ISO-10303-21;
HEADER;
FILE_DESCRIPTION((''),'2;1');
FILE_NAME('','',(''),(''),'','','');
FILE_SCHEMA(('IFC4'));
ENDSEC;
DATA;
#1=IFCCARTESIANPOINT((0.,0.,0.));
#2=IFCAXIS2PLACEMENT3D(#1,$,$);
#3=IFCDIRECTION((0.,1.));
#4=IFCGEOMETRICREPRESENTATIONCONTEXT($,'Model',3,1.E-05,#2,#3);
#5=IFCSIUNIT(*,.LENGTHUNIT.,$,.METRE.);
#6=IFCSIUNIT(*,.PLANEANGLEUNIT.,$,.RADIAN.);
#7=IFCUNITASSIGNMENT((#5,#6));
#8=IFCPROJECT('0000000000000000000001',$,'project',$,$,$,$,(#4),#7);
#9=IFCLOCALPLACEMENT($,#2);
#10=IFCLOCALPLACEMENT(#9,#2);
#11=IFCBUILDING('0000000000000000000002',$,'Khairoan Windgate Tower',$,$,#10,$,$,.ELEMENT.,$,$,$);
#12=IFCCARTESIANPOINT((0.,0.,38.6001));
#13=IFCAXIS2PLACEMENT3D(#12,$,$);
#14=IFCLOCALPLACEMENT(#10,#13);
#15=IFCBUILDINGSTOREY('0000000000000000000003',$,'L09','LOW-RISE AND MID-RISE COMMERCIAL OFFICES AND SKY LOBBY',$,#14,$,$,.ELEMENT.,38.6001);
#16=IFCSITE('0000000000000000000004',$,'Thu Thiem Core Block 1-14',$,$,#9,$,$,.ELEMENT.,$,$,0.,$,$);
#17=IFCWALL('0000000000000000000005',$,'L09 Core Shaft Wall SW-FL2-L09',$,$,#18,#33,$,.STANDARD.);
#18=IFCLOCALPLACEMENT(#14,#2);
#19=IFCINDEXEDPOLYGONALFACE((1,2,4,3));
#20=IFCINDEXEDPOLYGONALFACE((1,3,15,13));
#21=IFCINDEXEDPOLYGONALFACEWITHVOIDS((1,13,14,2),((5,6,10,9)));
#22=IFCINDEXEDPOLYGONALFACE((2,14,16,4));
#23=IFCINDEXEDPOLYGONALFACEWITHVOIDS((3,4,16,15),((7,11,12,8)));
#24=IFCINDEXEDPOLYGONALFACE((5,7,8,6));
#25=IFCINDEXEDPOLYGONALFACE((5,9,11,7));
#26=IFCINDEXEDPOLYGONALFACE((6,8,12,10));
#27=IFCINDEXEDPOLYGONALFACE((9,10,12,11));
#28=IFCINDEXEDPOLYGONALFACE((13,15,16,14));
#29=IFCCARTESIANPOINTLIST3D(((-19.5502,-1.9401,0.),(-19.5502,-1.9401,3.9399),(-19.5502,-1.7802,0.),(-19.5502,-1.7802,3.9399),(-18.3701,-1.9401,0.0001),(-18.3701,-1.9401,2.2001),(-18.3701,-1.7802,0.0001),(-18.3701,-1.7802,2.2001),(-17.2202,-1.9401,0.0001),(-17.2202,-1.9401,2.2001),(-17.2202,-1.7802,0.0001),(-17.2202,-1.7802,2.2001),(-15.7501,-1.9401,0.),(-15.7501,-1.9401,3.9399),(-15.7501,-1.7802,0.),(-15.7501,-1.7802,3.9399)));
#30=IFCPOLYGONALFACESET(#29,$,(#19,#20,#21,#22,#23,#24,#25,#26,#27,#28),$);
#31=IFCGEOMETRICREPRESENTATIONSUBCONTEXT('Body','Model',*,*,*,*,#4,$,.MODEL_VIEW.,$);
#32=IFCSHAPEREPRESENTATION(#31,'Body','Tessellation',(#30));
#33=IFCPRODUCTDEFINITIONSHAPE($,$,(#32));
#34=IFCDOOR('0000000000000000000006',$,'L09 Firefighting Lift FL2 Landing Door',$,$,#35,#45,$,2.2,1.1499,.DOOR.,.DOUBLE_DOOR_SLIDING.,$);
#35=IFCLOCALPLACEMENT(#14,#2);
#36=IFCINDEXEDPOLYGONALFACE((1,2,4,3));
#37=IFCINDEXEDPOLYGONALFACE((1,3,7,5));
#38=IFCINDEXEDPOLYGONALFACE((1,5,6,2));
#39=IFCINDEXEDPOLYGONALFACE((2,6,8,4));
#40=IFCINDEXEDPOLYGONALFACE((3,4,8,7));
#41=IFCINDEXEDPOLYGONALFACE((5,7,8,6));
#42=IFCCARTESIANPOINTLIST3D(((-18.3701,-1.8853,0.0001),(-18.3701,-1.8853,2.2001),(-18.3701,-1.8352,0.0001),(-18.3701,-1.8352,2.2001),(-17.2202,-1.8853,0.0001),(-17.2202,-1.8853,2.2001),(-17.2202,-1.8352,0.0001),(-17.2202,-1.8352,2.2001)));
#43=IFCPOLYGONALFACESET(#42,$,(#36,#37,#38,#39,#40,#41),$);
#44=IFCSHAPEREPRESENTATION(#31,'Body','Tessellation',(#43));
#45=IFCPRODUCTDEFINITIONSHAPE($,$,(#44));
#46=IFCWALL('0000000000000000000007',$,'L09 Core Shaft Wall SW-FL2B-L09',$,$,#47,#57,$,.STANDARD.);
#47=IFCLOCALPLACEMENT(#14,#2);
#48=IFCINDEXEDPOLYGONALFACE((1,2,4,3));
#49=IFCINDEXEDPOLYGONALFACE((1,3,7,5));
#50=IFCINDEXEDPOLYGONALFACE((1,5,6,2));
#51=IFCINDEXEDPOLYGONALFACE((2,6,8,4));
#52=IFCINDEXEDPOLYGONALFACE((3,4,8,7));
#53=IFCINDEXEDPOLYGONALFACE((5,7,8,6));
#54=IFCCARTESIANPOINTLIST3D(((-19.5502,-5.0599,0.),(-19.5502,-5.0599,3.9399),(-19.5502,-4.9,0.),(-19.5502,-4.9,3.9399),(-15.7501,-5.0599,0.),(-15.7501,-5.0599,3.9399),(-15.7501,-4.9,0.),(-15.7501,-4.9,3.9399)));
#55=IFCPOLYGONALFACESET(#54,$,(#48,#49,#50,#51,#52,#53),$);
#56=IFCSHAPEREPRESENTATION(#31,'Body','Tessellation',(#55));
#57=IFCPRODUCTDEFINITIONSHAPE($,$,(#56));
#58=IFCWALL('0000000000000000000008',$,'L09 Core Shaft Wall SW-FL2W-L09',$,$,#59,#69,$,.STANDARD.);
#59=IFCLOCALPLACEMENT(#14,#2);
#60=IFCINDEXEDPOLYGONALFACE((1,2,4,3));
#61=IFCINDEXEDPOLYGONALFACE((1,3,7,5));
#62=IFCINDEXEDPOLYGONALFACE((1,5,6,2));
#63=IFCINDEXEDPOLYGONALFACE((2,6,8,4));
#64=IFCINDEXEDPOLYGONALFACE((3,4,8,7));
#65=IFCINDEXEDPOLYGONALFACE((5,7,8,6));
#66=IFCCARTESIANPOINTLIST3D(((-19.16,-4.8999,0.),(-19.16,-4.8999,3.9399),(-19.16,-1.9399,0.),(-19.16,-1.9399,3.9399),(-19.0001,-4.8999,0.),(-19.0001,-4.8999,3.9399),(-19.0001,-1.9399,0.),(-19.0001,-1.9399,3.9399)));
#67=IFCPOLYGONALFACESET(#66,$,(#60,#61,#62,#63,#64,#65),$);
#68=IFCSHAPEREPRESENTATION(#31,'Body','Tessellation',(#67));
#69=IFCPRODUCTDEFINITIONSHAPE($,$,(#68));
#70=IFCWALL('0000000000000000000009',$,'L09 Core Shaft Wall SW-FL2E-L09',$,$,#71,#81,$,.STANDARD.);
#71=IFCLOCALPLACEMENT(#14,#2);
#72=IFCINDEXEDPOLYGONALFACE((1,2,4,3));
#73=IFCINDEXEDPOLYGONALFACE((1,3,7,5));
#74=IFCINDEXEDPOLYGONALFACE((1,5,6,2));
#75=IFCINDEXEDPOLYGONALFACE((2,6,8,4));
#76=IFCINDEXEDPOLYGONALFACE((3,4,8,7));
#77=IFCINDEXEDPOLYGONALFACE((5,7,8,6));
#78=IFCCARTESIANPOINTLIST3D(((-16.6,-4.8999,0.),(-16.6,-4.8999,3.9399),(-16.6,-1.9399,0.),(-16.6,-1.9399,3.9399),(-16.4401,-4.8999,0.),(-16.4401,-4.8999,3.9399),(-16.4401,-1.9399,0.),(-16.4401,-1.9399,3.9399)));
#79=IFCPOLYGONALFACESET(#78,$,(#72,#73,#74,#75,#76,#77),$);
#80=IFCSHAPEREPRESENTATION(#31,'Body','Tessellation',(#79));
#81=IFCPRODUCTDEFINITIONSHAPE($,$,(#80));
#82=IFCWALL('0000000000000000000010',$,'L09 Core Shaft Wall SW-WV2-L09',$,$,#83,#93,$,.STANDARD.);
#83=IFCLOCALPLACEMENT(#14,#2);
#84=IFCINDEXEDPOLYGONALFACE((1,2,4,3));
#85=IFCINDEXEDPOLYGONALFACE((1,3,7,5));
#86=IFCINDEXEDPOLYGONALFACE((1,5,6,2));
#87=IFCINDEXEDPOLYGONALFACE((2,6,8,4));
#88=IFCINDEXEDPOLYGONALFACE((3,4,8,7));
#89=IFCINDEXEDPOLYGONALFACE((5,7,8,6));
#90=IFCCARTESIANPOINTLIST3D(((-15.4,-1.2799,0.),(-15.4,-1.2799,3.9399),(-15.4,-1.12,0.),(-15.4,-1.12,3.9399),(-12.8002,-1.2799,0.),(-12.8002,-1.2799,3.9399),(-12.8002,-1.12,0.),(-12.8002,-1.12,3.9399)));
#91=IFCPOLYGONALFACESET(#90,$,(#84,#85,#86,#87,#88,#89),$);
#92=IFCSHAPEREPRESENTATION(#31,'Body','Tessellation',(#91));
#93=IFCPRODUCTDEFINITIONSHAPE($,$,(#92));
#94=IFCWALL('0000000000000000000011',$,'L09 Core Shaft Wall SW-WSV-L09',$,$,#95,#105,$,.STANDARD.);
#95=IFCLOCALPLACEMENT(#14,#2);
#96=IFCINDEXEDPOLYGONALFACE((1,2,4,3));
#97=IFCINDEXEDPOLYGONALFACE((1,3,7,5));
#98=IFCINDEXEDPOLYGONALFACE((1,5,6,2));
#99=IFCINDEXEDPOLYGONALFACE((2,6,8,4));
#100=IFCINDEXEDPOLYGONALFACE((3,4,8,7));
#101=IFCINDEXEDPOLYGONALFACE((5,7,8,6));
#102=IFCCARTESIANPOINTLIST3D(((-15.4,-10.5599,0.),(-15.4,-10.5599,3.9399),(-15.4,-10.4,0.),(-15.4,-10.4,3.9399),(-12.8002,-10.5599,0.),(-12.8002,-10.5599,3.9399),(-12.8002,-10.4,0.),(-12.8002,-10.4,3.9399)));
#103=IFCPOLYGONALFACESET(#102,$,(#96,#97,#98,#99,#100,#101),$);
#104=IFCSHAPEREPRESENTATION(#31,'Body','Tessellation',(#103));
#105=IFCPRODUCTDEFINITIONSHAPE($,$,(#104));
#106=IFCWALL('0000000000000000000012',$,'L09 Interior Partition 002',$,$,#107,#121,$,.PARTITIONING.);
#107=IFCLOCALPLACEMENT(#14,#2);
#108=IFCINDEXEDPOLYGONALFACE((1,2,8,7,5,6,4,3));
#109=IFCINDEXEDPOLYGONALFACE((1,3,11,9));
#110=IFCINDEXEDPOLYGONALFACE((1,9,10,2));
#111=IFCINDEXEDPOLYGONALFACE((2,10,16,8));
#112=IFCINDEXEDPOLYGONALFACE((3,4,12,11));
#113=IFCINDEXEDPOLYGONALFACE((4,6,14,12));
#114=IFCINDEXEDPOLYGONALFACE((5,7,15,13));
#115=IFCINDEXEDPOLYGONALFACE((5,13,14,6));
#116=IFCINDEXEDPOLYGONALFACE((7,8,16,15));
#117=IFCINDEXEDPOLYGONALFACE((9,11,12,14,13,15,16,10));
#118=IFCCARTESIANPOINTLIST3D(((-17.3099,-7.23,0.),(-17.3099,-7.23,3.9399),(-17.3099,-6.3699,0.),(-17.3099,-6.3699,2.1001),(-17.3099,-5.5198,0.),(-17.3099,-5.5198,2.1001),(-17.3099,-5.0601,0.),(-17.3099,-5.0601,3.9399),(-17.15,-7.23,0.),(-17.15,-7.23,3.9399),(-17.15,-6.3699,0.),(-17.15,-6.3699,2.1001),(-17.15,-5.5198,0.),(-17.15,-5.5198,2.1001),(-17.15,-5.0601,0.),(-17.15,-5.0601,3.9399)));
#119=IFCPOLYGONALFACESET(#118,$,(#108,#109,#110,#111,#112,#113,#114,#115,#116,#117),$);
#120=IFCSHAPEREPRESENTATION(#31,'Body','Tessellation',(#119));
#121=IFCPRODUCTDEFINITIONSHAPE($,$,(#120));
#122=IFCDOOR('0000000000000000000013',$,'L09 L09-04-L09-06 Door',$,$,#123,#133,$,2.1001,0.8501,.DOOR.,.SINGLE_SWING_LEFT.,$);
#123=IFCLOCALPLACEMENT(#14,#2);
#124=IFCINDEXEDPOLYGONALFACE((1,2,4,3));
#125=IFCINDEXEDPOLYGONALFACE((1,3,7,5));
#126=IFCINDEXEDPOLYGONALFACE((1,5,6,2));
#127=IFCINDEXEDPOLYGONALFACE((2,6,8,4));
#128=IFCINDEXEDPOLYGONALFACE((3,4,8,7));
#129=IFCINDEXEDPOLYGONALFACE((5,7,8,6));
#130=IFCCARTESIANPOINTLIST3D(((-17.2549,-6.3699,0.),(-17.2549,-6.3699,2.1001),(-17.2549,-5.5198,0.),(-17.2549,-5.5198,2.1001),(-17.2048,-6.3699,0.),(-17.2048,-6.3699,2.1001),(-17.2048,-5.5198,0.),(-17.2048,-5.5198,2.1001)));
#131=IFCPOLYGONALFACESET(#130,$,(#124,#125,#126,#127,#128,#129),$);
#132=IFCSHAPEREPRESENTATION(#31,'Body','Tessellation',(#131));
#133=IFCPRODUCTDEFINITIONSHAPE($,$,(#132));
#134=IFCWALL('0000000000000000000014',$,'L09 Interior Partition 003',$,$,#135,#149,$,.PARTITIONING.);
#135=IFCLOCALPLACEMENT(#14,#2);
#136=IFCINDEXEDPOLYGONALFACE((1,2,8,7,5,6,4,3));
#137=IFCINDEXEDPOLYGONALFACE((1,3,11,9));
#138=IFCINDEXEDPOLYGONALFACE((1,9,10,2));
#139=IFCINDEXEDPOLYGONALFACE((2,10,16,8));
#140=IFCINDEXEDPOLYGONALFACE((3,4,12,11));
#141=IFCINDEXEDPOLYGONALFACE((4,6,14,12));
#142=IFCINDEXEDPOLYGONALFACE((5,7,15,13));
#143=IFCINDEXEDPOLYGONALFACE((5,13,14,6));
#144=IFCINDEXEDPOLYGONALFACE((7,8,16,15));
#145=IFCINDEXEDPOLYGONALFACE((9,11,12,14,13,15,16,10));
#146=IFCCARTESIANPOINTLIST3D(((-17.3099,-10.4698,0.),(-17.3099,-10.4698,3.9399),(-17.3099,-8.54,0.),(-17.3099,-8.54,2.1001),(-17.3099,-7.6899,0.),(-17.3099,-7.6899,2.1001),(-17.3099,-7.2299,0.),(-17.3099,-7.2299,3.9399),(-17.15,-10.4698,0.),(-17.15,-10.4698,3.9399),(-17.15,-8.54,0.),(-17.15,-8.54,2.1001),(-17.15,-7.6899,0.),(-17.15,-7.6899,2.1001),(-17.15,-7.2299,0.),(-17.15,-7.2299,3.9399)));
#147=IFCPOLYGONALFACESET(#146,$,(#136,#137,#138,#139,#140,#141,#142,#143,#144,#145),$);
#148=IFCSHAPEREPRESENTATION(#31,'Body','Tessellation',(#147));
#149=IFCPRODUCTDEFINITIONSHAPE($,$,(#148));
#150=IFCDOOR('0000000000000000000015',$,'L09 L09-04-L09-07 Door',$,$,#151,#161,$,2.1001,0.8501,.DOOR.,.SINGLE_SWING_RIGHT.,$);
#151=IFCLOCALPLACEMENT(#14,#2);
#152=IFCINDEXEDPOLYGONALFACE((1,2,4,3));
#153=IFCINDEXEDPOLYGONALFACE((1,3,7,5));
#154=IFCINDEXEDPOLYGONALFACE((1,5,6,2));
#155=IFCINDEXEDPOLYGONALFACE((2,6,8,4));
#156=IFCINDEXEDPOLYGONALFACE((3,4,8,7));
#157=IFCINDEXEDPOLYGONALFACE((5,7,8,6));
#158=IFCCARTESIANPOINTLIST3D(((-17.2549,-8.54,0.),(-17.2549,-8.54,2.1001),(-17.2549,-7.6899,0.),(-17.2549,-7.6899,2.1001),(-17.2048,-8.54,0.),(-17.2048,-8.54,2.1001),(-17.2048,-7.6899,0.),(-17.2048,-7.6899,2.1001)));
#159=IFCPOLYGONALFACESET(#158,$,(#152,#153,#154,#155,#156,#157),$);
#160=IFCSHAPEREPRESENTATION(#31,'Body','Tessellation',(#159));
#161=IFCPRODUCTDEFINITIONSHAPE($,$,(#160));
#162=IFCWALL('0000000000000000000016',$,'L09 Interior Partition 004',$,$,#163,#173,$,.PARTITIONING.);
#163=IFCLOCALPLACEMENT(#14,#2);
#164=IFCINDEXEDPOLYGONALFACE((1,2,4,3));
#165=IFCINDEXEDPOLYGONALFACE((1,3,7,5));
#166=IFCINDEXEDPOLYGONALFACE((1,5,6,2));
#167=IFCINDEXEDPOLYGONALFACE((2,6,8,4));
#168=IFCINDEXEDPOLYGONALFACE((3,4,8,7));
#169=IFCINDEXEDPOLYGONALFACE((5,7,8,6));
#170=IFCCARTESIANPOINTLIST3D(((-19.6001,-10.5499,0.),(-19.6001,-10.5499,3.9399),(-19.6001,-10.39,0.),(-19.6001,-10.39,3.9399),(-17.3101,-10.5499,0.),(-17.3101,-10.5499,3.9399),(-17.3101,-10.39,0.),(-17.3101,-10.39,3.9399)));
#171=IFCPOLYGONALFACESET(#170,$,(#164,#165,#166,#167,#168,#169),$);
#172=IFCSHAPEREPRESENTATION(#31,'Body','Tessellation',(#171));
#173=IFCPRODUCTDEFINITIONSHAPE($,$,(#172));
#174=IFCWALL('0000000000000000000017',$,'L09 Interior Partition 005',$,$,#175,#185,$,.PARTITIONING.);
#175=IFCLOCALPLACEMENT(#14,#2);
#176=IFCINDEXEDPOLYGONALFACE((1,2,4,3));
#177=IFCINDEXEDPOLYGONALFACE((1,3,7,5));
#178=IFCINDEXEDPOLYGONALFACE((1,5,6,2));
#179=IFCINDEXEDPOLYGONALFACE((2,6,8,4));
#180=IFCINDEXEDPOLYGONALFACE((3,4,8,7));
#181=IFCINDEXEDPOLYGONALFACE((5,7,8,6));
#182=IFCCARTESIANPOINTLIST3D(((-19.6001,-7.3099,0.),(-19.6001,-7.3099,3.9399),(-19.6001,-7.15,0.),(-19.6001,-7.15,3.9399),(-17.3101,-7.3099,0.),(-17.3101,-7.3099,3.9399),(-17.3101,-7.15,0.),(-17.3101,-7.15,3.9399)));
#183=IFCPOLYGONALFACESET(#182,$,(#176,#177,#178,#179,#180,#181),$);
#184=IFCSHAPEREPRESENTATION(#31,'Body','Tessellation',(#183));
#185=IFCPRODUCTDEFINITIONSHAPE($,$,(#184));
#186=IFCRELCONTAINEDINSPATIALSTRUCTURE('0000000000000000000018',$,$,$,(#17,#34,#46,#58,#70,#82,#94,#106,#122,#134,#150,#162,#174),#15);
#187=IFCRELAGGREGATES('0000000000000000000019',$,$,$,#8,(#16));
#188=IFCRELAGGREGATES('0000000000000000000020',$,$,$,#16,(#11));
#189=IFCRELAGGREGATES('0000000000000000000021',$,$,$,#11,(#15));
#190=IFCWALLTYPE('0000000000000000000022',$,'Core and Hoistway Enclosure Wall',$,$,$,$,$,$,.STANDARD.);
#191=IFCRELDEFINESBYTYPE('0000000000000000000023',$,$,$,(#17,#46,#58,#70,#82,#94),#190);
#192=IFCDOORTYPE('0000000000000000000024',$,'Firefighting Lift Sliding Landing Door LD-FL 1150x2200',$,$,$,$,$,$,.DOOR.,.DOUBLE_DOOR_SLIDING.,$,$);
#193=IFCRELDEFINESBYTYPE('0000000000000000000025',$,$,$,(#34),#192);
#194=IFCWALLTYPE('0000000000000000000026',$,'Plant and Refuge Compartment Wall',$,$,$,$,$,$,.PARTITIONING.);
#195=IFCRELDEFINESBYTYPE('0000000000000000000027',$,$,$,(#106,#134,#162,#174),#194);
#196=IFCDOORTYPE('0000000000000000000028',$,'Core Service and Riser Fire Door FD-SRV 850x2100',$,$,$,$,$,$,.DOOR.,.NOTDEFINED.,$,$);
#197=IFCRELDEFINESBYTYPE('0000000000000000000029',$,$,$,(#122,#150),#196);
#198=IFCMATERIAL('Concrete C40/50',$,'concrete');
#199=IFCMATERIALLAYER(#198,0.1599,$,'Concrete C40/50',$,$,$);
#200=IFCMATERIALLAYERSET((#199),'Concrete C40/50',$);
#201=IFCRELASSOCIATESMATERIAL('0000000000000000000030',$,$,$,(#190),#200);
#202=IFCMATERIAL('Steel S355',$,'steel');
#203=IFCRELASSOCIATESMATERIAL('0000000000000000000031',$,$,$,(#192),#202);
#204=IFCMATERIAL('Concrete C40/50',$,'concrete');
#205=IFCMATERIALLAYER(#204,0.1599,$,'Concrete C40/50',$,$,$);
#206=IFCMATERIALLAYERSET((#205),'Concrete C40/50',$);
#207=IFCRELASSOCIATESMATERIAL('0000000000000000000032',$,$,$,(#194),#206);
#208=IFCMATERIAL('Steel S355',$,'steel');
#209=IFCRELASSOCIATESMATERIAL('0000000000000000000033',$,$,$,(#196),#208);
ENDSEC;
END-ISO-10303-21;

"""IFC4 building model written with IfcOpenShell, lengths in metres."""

from ifc_helpers import new_model, si_unit, direction, frame, frame_2d, origin, place, context, subcontext, project, spatial, rectangle, extrude, material, layer, layer_set, type_object, element, fill, save


model = new_model("IFC4")

# Units and contexts
model_context = context("Model", 3, precision=1e-05, world=origin(), true_north=direction((0.0, 1.0)))
body_context = subcontext(model_context, "Body", "Model", "MODEL_VIEW")
ifc_project = project(units=[si_unit("LENGTHUNIT", "METRE"), si_unit("PLANEANGLEUNIT", "RADIAN")], contexts=[model_context])

# Site, building, storey
site_placement = place(None, origin())
site = spatial("IfcSite", under=ifc_project, at=site_placement, Name="Thu Thiem Core Block 1-14", CompositionType="ELEMENT", RefElevation=0.0)
building_placement = place(site_placement, origin())
building = spatial("IfcBuilding", under=site, at=building_placement, Name="Khairoan Windgate Tower", CompositionType="ELEMENT")
storey_placement = place(building_placement, frame((0.0, 0.0, 38.6001)))
storey = spatial("IfcBuildingStorey", under=building, at=storey_placement, Name="L09", Description="LOW-RISE AND MID-RISE COMMERCIAL OFFICES AND SKY LOBBY", CompositionType="ELEMENT", Elevation=38.6001)

# Shared definitions
ifc_material_1 = material(Name="Concrete C40/50", Category="concrete")
ifc_layer_1 = layer(ifc_material_1, 0.1599, Name="Concrete C40/50")
ifc_layer_set_1 = layer_set([ifc_layer_1], Name="Concrete C40/50")
wall_type_1 = type_object("IfcWallType", Name="Core and Hoistway Enclosure Wall", PredefinedType="STANDARD", material=ifc_layer_set_1)

# Wall, opening, door
wall_1_placement = place(storey_placement, frame((-19.55, -1.8601, 0.0), z_axis=(0.0, 0.0, 1.0), x_axis=(1.0, 0.0, 0.0)))
wall_1 = element("IfcWall", 1, at=wall_1_placement, inside=storey, type_object=wall_type_1, Name="L09 Core Shaft Wall SW-FL2-L09", PredefinedType="STANDARD", context=body_context, shape_type="SweptSolid", body=[
    extrude(rectangle(XDim=3.8, YDim=0.1599, at=frame_2d((1.8999, 0.0))), origin(), (0.0, 0.0, 1.0), 3.9399),
])
opening_1_placement = place(wall_1_placement, frame((1.1799, 0.0, 0.0)))
opening_1 = element("IfcOpeningElement", 2, at=opening_1_placement, cuts=wall_1, PredefinedType="OPENING", context=body_context, shape_type="SweptSolid", body=[
    extrude(rectangle(XDim=1.1499, YDim=2.2, at=frame_2d((0.575, 1.1001))), frame((0.0, 0.0898, 0.0), z_axis=(0.0, -1.0, 0.0), x_axis=(1.0, 0.0, 0.0)), (0.0, 0.0, 1.0), 0.1799),
])
ifc_material_2 = material(Name="Steel S355", Category="steel")
door_type_1 = type_object("IfcDoorType", Name="Firefighting Lift Sliding Landing Door LD-FL 1150x2200", OperationType="DOUBLE_DOOR_SLIDING", PredefinedType="DOOR", material=ifc_material_2)
door_1_placement = place(opening_1_placement, origin())
door_1 = element("IfcDoor", 3, at=door_1_placement, inside=storey, type_object=door_type_1, Name="L09 Firefighting Lift FL2 Landing Door", OperationType="DOUBLE_DOOR_SLIDING", OverallHeight=2.2, OverallWidth=1.1499, PredefinedType="DOOR", context=body_context, shape_type="SweptSolid", body=[
    extrude(rectangle(XDim=1.1499, YDim=2.2, at=frame_2d((0.575, 1.1001))), frame((0.0, 0.0249, 0.0), z_axis=(0.0, -1.0, 0.0), x_axis=(1.0, 0.0, 0.0)), (0.0, 0.0, 1.0), 0.05),
])
fill(opening_1, door_1)

# Walls
wall_2_placement = place(storey_placement, frame((-19.55, -4.98, 0.0), z_axis=(0.0, 0.0, 1.0), x_axis=(1.0, 0.0, 0.0)))
element("IfcWall", 4, at=wall_2_placement, inside=storey, type_object=wall_type_1, Name="L09 Core Shaft Wall SW-FL2B-L09", PredefinedType="STANDARD", context=body_context, shape_type="SweptSolid", body=[
    extrude(rectangle(XDim=3.8, YDim=0.1599, at=frame_2d((1.8999, 0.0))), origin(), (0.0, 0.0, 1.0), 3.9399),
])
for number, where, z_axis, x_axis, name in (
    (5, (-19.0801, -4.8999, 0.0), (0.0, 0.0, 1.0), (0.0, 1.0, 0.0), "L09 Core Shaft Wall SW-FL2W-L09"),
    (6, (-16.52, -4.8999, 0.0), (0.0, 0.0, 1.0), (0.0, 1.0, 0.0), "L09 Core Shaft Wall SW-FL2E-L09"),
):
    element("IfcWall", number, at=place(storey_placement, frame(where, z_axis=z_axis, x_axis=x_axis)), inside=storey, type_object=wall_type_1, Name=name, PredefinedType="STANDARD", context=body_context, shape_type="SweptSolid", body=[
        extrude(rectangle(XDim=2.96, YDim=0.1599, at=frame_2d((1.48, 0.0))), origin(), (0.0, 0.0, 1.0), 3.9399),
    ])
for number, where, z_axis, x_axis, name in (
    (7, (-15.3999, -1.2, 0.0), (0.0, 0.0, 1.0), (1.0, 0.0, 0.0), "L09 Core Shaft Wall SW-WV2-L09"),
    (8, (-15.3999, -10.48, 0.0), (0.0, 0.0, 1.0), (1.0, 0.0, 0.0), "L09 Core Shaft Wall SW-WSV-L09"),
):
    element("IfcWall", number, at=place(storey_placement, frame(where, z_axis=z_axis, x_axis=x_axis)), inside=storey, type_object=wall_type_1, Name=name, PredefinedType="STANDARD", context=body_context, shape_type="SweptSolid", body=[
        extrude(rectangle(XDim=2.5999, YDim=0.1599, at=frame_2d((1.2998, 0.0))), origin(), (0.0, 0.0, 1.0), 3.9399),
    ])

# Walls, openings, doors
ifc_material_3 = material(Name="Concrete C40/50", Category="concrete")
ifc_layer_2 = layer(ifc_material_3, 0.1599, Name="Concrete C40/50")
ifc_layer_set_2 = layer_set([ifc_layer_2], Name="Concrete C40/50")
wall_type_2 = type_object("IfcWallType", Name="Plant and Refuge Compartment Wall", PredefinedType="PARTITIONING", material=ifc_layer_set_2)
wall_3_placement = place(storey_placement, frame((-17.23, -7.23, 0.0), z_axis=(0.0, 0.0, 1.0), x_axis=(0.0, 1.0, 0.0)))
wall_3 = element("IfcWall", 9, at=wall_3_placement, inside=storey, type_object=wall_type_2, Name="L09 Interior Partition 002", PredefinedType="PARTITIONING", context=body_context, shape_type="SweptSolid", body=[
    extrude(rectangle(XDim=2.1699, YDim=0.1599, at=frame_2d((1.085, 0.0))), origin(), (0.0, 0.0, 1.0), 3.9399),
])
opening_2_placement = place(wall_3_placement, frame((0.8601, 0.0, 0.0)))
opening_2 = element("IfcOpeningElement", 10, at=opening_2_placement, cuts=wall_3, PredefinedType="OPENING", context=body_context, shape_type="SweptSolid", body=[
    extrude(rectangle(XDim=0.8501, YDim=2.1001, at=frame_2d((0.425, 1.05))), frame((0.0, 0.0898, 0.0), z_axis=(0.0, -1.0, 0.0), x_axis=(1.0, 0.0, 0.0)), (0.0, 0.0, 1.0), 0.1799),
])
ifc_material_4 = material(Name="Steel S355", Category="steel")
door_type_2 = type_object("IfcDoorType", Name="Core Service and Riser Fire Door FD-SRV 850x2100", OperationType="NOTDEFINED", PredefinedType="DOOR", material=ifc_material_4)
door_2_placement = place(opening_2_placement, origin())
door_2 = element("IfcDoor", 11, at=door_2_placement, inside=storey, type_object=door_type_2, Name="L09 L09-04-L09-06 Door", OperationType="SINGLE_SWING_LEFT", OverallHeight=2.1001, OverallWidth=0.8501, PredefinedType="DOOR", context=body_context, shape_type="SweptSolid", body=[
    extrude(rectangle(XDim=0.8501, YDim=2.1001, at=frame_2d((0.425, 1.05))), frame((0.0, 0.0249, 0.0), z_axis=(0.0, -1.0, 0.0), x_axis=(1.0, 0.0, 0.0)), (0.0, 0.0, 1.0), 0.05),
])
fill(opening_2, door_2)
wall_4_placement = place(storey_placement, frame((-17.23, -10.47, 0.0), z_axis=(0.0, 0.0, 1.0), x_axis=(0.0, 1.0, 0.0)))
wall_4 = element("IfcWall", 12, at=wall_4_placement, inside=storey, type_object=wall_type_2, Name="L09 Interior Partition 003", PredefinedType="PARTITIONING", context=body_context, shape_type="SweptSolid", body=[
    extrude(rectangle(XDim=3.24, YDim=0.1599, at=frame_2d((1.6201, 0.0))), origin(), (0.0, 0.0, 1.0), 3.9399),
])
opening_3_placement = place(wall_4_placement, frame((1.9299, 0.0, 0.0)))
opening_3 = element("IfcOpeningElement", 13, at=opening_3_placement, cuts=wall_4, PredefinedType="OPENING", context=body_context, shape_type="SweptSolid", body=[
    extrude(rectangle(XDim=0.8501, YDim=2.1001, at=frame_2d((0.425, 1.05))), frame((0.0, 0.0898, 0.0), z_axis=(0.0, -1.0, 0.0), x_axis=(1.0, 0.0, 0.0)), (0.0, 0.0, 1.0), 0.1799),
])
door_3_placement = place(opening_3_placement, origin())
door_3 = element("IfcDoor", 14, at=door_3_placement, inside=storey, type_object=door_type_2, Name="L09 L09-04-L09-07 Door", OperationType="SINGLE_SWING_RIGHT", OverallHeight=2.1001, OverallWidth=0.8501, PredefinedType="DOOR", context=body_context, shape_type="SweptSolid", body=[
    extrude(rectangle(XDim=0.8501, YDim=2.1001, at=frame_2d((0.425, 1.05))), frame((0.0, 0.0249, 0.0), z_axis=(0.0, -1.0, 0.0), x_axis=(1.0, 0.0, 0.0)), (0.0, 0.0, 1.0), 0.05),
])
fill(opening_3, door_3)

# Walls
for number, where, z_axis, x_axis, name in (
    (15, (-19.6001, -10.47, 0.0), (0.0, 0.0, 1.0), (1.0, 0.0, 0.0), "L09 Interior Partition 004"),
    (16, (-19.6001, -7.23, 0.0), (0.0, 0.0, 1.0), (1.0, 0.0, 0.0), "L09 Interior Partition 005"),
):
    element("IfcWall", number, at=place(storey_placement, frame(where, z_axis=z_axis, x_axis=x_axis)), inside=storey, type_object=wall_type_2, Name=name, PredefinedType="PARTITIONING", context=body_context, shape_type="SweptSolid", body=[
        extrude(rectangle(XDim=2.29, YDim=0.1599, at=frame_2d((1.145, 0.0))), origin(), (0.0, 0.0, 1.0), 3.9399),
    ])

save(model, "model.ifc")
